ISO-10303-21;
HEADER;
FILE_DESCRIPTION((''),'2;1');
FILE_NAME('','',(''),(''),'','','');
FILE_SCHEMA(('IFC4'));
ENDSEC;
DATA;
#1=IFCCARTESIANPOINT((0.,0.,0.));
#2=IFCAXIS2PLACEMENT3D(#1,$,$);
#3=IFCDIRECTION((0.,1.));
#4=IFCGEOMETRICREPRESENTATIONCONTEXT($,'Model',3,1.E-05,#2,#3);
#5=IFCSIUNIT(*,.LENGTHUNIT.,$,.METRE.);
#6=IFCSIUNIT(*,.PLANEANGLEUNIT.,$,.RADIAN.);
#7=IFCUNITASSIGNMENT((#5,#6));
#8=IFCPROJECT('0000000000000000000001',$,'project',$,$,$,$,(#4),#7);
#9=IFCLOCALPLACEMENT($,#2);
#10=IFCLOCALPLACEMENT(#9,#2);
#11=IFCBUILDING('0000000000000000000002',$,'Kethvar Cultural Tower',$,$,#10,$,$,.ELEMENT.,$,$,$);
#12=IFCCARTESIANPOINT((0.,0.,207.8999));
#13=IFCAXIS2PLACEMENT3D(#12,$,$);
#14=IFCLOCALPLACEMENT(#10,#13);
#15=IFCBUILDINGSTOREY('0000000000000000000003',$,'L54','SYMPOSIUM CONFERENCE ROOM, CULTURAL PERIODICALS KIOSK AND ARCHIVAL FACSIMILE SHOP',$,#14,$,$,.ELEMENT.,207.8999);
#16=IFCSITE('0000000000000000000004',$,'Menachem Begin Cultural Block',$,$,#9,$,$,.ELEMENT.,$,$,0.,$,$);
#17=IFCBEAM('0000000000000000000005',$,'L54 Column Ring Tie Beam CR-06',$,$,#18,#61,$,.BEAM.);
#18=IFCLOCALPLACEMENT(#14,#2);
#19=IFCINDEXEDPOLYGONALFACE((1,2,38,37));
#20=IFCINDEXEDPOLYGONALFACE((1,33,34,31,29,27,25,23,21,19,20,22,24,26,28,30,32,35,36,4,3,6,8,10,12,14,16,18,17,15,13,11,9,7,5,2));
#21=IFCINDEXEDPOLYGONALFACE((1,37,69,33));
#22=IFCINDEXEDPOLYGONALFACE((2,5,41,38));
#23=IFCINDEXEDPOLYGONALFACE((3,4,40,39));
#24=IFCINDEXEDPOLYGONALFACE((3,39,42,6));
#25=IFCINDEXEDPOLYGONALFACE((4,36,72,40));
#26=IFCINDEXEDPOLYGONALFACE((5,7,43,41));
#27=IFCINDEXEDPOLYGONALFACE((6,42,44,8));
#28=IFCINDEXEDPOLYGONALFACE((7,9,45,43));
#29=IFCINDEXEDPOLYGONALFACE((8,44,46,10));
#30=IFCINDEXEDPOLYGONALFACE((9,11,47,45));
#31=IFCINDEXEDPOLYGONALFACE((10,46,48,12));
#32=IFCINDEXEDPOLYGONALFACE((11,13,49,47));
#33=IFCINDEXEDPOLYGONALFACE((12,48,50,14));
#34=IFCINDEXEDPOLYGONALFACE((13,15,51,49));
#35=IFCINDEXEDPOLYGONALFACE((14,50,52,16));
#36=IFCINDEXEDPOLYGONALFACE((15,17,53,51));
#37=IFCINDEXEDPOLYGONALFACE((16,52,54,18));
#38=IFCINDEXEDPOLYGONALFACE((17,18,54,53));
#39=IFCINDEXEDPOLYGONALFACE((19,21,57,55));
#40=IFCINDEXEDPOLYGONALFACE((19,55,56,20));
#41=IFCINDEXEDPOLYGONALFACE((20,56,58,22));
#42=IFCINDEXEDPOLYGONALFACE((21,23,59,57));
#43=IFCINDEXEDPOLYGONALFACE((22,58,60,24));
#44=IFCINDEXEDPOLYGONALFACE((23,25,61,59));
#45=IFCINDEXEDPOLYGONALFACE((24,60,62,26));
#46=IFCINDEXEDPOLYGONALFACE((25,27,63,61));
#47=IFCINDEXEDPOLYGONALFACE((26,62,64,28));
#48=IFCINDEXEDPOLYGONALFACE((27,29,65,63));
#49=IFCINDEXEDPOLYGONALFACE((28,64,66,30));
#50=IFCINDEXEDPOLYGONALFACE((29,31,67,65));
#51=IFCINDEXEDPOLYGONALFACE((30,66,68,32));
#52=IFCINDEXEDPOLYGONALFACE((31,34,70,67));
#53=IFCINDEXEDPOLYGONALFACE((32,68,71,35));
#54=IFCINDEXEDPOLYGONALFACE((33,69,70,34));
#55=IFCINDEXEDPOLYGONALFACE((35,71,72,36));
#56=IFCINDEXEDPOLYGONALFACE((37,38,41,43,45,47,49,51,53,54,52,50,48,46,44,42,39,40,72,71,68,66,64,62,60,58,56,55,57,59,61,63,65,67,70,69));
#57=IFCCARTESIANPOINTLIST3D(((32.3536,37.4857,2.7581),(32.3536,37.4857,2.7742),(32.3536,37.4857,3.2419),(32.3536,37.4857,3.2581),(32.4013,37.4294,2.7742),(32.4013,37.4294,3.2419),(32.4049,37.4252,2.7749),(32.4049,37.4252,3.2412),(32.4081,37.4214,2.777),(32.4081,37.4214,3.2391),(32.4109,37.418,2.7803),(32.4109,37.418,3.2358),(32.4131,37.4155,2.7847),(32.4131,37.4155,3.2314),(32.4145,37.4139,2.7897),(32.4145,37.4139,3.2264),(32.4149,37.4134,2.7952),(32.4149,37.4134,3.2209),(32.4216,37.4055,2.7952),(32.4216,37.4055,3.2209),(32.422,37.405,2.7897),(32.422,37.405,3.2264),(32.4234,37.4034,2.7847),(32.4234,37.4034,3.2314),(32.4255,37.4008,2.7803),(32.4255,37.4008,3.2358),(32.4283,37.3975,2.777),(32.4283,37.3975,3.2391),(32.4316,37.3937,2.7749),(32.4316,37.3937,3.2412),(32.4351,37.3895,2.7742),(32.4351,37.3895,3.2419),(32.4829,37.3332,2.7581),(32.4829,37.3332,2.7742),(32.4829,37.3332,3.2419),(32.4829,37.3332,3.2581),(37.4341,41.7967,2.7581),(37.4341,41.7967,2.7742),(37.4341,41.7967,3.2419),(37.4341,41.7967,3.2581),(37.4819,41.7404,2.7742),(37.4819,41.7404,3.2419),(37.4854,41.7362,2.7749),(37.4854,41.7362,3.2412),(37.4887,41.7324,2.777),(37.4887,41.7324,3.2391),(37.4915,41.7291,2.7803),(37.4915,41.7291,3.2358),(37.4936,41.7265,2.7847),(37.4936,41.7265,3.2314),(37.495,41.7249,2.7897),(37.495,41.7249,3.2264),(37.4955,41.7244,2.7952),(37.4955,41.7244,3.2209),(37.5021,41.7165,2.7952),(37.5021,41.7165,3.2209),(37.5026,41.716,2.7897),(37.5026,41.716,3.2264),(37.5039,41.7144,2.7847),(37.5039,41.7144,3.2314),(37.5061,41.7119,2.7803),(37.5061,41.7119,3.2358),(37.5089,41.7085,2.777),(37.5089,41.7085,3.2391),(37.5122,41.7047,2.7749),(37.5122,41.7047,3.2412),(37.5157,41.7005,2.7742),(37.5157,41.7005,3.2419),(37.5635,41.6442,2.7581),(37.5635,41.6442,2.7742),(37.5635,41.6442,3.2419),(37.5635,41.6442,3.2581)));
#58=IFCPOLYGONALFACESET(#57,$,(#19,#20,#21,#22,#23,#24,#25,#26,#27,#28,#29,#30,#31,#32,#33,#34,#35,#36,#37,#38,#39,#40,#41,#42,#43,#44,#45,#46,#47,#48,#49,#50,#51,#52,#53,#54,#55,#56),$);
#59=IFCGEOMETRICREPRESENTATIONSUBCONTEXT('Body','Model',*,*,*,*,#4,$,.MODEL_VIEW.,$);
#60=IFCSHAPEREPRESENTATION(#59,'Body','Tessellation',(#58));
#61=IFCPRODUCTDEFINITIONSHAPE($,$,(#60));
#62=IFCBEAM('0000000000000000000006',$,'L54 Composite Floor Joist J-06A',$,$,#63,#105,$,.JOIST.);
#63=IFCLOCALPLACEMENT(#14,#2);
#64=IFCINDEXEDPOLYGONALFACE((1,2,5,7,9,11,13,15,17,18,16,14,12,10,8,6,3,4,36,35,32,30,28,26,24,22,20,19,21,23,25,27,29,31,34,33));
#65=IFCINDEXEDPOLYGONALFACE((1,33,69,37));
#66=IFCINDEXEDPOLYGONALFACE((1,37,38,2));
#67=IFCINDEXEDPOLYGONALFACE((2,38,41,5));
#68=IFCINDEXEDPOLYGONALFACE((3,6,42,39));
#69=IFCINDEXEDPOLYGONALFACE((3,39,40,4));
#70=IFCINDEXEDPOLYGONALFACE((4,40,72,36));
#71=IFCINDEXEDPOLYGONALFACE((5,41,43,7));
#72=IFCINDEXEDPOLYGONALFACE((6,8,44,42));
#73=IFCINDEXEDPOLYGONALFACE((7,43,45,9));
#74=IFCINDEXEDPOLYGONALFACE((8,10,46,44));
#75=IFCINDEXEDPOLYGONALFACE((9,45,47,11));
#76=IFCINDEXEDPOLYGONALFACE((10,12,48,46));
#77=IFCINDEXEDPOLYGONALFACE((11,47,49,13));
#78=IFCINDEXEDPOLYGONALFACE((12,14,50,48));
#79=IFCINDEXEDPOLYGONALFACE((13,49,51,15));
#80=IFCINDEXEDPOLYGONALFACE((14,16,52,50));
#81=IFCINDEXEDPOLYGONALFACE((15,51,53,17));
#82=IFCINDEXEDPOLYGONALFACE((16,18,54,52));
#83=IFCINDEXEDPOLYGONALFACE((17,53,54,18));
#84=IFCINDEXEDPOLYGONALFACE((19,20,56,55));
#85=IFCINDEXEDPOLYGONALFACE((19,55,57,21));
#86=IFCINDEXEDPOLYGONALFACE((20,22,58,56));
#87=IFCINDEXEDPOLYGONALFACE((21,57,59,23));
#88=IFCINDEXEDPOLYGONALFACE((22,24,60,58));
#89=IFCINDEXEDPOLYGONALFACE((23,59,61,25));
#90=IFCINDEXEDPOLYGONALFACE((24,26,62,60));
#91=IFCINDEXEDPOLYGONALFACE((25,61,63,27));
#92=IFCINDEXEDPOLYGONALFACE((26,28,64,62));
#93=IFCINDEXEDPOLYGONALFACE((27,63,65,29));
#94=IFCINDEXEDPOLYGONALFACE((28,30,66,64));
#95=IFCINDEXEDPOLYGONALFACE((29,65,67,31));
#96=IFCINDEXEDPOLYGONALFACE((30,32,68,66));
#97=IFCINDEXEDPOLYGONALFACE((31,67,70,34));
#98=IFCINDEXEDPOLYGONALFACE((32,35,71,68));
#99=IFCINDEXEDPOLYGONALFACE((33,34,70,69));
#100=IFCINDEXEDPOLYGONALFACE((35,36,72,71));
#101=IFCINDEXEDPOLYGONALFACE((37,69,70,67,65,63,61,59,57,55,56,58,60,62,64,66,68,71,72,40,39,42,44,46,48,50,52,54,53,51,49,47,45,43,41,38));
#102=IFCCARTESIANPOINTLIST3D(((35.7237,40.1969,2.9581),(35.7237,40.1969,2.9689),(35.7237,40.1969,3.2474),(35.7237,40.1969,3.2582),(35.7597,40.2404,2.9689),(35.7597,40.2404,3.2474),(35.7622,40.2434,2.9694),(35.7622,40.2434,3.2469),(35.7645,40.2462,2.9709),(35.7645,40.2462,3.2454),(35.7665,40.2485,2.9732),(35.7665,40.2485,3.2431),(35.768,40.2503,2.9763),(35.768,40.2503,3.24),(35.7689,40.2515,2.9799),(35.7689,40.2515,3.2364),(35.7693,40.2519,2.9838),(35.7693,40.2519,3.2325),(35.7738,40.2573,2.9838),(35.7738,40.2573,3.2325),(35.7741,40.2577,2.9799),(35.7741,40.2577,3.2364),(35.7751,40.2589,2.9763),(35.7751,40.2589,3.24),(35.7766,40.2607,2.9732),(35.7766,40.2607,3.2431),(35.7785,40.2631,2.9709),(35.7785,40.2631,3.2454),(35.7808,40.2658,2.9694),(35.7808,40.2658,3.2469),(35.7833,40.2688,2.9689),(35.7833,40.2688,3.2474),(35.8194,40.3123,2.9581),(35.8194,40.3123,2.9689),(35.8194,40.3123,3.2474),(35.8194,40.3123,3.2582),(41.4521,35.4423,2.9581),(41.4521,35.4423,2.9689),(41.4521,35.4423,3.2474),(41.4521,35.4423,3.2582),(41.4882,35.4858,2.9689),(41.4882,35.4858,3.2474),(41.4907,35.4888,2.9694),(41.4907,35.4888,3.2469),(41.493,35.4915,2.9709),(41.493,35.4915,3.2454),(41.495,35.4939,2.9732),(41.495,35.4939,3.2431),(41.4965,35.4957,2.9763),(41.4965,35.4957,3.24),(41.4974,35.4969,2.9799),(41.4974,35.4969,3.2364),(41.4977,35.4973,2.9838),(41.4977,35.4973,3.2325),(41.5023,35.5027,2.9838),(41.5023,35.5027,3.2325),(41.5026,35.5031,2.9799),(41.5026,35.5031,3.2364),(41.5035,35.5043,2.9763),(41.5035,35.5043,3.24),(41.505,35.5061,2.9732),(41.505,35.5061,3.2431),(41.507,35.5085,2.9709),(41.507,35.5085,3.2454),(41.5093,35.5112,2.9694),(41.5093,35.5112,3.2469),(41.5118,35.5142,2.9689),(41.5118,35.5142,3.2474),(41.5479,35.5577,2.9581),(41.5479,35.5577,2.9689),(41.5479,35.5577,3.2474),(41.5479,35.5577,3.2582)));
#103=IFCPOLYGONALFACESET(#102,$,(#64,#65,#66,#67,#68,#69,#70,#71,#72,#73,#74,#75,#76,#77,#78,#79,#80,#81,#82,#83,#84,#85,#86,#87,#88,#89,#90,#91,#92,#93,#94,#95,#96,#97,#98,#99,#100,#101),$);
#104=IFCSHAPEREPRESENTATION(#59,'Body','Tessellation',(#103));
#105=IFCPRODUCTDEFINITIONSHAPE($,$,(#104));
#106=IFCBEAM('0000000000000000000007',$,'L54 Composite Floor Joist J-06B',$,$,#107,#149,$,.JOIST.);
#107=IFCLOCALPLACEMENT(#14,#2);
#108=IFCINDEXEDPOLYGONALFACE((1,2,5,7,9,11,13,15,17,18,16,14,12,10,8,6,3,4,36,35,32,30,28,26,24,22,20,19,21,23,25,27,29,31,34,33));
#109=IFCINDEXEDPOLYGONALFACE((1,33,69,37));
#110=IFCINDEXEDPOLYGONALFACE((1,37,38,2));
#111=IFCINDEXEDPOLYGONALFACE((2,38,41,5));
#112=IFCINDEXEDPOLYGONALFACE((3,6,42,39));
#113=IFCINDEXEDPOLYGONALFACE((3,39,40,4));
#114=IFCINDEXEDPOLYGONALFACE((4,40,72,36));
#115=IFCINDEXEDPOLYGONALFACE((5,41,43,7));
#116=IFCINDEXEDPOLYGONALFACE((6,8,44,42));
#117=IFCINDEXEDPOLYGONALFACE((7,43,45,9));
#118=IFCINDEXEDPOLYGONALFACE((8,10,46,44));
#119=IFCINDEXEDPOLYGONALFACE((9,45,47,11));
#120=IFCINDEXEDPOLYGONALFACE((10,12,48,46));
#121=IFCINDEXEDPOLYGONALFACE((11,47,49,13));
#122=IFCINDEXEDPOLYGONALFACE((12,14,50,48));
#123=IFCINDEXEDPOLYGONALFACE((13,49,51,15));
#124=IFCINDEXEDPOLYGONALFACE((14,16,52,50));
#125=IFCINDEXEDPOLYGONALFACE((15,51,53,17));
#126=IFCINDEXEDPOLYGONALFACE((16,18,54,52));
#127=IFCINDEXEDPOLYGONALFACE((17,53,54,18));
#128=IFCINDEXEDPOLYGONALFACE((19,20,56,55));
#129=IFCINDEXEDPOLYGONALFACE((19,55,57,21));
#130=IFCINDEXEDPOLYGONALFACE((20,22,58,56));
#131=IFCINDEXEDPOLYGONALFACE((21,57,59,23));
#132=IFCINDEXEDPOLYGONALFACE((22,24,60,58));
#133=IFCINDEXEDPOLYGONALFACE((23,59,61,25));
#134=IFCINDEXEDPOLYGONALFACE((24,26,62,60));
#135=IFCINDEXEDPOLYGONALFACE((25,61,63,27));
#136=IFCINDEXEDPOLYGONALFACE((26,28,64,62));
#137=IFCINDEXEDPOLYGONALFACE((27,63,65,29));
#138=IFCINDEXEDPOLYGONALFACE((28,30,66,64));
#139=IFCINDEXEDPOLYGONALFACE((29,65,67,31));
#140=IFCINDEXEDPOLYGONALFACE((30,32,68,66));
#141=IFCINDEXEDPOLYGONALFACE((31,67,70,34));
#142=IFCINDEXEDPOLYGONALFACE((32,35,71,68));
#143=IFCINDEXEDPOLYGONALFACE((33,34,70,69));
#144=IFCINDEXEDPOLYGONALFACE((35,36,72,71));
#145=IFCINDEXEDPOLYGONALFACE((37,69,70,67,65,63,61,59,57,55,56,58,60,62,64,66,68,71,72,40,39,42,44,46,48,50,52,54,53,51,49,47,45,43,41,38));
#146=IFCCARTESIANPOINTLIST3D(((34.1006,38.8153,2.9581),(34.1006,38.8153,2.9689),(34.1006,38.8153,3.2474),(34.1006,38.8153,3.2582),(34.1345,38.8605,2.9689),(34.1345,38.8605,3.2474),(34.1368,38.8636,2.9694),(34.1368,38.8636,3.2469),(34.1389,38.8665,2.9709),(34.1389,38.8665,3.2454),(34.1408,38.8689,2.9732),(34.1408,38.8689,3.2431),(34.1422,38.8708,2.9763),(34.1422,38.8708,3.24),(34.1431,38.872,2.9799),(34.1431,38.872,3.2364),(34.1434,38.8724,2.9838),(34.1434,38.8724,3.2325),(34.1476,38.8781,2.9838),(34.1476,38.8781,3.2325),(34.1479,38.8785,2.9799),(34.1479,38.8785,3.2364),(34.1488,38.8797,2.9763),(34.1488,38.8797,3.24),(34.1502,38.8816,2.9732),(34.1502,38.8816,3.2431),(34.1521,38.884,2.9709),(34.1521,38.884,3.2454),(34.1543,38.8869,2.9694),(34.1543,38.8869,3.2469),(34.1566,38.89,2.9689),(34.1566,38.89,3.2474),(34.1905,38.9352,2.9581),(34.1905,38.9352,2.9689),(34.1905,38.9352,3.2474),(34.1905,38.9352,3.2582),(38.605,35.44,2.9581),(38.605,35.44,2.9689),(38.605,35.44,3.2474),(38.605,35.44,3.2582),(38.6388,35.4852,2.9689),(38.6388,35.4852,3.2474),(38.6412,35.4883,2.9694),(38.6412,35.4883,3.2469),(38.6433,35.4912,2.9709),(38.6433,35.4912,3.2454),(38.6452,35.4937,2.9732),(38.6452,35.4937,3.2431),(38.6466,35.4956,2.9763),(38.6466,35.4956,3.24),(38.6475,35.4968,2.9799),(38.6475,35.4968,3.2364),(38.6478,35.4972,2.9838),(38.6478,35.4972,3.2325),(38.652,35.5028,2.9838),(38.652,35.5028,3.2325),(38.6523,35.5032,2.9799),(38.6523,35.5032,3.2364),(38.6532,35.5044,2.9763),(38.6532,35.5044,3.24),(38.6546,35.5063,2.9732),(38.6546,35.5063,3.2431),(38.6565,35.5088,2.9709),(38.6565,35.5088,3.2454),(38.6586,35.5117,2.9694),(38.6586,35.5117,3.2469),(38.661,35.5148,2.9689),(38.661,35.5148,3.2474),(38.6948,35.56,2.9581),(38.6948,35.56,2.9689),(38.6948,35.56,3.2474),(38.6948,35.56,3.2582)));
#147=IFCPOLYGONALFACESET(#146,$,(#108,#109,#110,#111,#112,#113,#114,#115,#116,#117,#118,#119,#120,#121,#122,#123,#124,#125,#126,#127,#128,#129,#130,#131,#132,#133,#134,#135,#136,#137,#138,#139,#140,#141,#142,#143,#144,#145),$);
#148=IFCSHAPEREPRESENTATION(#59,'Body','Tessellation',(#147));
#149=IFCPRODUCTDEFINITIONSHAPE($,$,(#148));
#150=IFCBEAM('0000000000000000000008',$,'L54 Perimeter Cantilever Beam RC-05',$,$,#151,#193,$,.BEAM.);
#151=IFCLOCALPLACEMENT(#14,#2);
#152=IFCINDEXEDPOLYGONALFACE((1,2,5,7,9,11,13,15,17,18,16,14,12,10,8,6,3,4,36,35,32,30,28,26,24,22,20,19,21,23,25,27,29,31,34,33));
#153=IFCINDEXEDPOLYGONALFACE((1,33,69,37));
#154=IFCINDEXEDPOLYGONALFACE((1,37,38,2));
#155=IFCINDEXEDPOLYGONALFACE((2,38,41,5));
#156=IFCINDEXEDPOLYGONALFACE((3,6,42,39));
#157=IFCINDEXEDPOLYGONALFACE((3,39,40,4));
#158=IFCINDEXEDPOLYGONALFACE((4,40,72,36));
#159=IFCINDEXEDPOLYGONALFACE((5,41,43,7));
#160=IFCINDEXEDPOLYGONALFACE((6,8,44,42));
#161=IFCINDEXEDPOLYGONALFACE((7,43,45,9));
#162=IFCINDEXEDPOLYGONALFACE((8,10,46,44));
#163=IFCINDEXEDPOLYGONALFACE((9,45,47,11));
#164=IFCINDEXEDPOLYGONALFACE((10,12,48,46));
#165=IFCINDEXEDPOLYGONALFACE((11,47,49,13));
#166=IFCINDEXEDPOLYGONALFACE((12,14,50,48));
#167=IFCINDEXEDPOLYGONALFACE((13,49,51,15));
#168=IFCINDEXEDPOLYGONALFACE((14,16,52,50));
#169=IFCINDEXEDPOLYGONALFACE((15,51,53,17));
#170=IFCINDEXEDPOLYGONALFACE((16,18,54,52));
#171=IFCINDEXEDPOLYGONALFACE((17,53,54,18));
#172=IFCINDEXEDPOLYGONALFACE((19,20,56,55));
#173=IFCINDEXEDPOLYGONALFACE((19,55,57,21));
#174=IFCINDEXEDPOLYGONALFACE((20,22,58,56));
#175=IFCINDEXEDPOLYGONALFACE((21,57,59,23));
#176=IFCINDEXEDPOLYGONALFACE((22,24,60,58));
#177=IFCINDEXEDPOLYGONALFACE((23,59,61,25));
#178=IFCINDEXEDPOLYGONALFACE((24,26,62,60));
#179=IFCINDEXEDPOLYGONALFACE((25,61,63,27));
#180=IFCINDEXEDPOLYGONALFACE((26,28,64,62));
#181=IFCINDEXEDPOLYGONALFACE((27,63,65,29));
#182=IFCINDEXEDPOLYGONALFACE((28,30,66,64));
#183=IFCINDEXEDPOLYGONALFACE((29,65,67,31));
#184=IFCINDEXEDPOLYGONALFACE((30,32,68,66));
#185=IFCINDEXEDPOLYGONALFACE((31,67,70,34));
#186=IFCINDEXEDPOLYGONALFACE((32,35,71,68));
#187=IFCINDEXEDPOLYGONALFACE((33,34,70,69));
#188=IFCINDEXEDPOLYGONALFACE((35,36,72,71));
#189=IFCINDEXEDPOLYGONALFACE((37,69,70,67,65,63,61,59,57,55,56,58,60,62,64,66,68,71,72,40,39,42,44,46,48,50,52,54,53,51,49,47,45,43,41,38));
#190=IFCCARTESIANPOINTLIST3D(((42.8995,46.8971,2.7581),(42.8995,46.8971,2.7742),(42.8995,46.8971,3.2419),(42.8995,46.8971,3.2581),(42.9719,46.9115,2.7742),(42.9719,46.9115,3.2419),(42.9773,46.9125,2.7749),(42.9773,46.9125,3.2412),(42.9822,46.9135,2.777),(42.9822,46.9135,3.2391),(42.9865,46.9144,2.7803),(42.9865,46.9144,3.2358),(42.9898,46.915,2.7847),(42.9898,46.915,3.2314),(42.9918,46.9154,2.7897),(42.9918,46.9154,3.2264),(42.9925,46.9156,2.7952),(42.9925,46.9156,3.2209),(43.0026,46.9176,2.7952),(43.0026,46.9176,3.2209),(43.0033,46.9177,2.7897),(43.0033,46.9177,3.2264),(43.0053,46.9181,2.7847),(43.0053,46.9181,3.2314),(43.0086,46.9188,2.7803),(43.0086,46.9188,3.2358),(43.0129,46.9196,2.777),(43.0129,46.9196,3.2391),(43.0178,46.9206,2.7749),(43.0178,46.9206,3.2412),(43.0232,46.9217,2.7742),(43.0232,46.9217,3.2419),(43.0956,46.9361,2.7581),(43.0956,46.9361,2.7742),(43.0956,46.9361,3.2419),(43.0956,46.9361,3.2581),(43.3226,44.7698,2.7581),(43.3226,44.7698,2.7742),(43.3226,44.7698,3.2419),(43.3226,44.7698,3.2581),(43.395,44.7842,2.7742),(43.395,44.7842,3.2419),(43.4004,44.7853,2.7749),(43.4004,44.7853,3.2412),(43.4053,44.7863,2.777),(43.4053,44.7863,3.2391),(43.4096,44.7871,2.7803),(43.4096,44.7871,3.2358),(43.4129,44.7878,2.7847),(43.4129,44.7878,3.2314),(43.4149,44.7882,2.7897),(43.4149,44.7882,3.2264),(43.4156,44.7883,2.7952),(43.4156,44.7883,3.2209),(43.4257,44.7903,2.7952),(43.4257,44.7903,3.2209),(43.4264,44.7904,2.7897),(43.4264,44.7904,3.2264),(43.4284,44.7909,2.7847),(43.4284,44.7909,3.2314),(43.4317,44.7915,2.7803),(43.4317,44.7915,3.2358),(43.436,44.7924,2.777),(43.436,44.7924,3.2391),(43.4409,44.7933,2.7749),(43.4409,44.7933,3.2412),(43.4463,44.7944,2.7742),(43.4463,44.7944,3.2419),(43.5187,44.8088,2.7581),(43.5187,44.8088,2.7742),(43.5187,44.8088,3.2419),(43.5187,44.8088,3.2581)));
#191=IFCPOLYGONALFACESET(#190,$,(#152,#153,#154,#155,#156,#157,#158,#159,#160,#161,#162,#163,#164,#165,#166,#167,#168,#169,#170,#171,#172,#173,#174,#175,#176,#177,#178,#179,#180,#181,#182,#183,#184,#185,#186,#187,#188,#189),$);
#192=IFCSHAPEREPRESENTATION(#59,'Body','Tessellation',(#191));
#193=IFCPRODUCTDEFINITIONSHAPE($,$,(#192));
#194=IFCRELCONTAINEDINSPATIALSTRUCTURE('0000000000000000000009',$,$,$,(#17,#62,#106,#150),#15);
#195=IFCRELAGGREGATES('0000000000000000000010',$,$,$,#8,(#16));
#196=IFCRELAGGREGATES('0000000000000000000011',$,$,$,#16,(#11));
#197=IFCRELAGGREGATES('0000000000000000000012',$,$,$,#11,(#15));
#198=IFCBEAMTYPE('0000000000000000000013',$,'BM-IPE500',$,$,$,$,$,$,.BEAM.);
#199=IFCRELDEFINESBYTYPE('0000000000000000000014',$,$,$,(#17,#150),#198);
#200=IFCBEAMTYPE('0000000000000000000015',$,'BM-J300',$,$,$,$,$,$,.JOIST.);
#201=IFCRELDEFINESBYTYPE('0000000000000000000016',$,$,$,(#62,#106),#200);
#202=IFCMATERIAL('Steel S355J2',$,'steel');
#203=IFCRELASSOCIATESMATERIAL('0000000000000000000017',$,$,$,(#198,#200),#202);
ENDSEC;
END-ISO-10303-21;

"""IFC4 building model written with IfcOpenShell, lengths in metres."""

from ifc_helpers import new_model, si_unit, direction, frame, origin, origin_2d, place, context, subcontext, project, spatial, i_section, extrude, source, transform, mapped, material, material_profile, profile_set, type_object, element, save


model = new_model("IFC4")

# Units and contexts
model_context = context("Model", 3, precision=1e-05, world=origin(), true_north=direction((0.0, 1.0)))
body_context = subcontext(model_context, "Body", "Model", "MODEL_VIEW")
ifc_project = project(units=[si_unit("LENGTHUNIT", "METRE"), si_unit("PLANEANGLEUNIT", "RADIAN")], contexts=[model_context])

# Site, building, storey
site_placement = place(None, origin())
site = spatial("IfcSite", under=ifc_project, at=site_placement, Name="Menachem Begin Cultural Block", CompositionType="ELEMENT", RefElevation=0.0)
building_placement = place(site_placement, origin())
building = spatial("IfcBuilding", under=site, at=building_placement, Name="Kethvar Cultural Tower", CompositionType="ELEMENT")
storey_placement = place(building_placement, frame((0.0, 0.0, 207.8999)))
storey = spatial("IfcBuildingStorey", under=building, at=storey_placement, Name="L54", Description="SYMPOSIUM CONFERENCE ROOM, CULTURAL PERIODICALS KIOSK AND ARCHIVAL FACSIMILE SHOP", CompositionType="ELEMENT", Elevation=207.8999)

# Beams
ifc_material_1 = material(Name="Steel S355J2", Category="steel")
ifc_material_profile_1 = material_profile(ifc_material_1, i_section(OverallWidth=0.2, OverallDepth=0.5, WebThickness=0.0103, FlangeThickness=0.0161, FilletRadius=0.021, at=origin_2d()), Name="Steel S355J2 — IPE500")
ifc_profile_set_1 = profile_set([ifc_material_profile_1], Name="Steel S355J2 — IPE500")
beam_type_1 = type_object("IfcBeamType", Name="BM-IPE500", PredefinedType="BEAM", material=ifc_profile_set_1)
ifc_material_profile_2 = material_profile(ifc_material_1, i_section(OverallWidth=0.1499, OverallDepth=0.3, WebThickness=0.0071, FlangeThickness=0.0107, FilletRadius=0.0149, at=origin_2d()), Name="Steel S355J2 — IPE300")
ifc_profile_set_2 = profile_set([ifc_material_profile_2], Name="Steel S355J2 — IPE300")
beam_type_2 = type_object("IfcBeamType", Name="BM-J300", PredefinedType="JOIST", material=ifc_profile_set_2)
shared_shape_1 = source(origin(), body_context, "Body", "SweptSolid", [
    extrude(i_section(OverallWidth=0.2, OverallDepth=0.5, WebThickness=0.0103, FlangeThickness=0.0161, FilletRadius=0.021, at=origin_2d()), origin(), (0.0, 0.0, 1.0), 6.6631),
])
beam_1_placement = place(storey_placement, frame((37.4988, 41.7205, 3.0081), z_axis=(-0.762491, -0.646999, 0.0), x_axis=(0.646999, -0.762491, 0.0)))
element("IfcBeam", 1, at=beam_1_placement, inside=storey, type_object=beam_type_1, Name="L54 Column Ring Tie Beam CR-06", PredefinedType="BEAM", context=body_context, shape_type="MappedRepresentation", body=[
    mapped(shared_shape_1, transform((0.0, 0.0, 0.0), scale=1.0)),
])
shared_shape_2 = source(origin(), body_context, "Body", "SweptSolid", [
    extrude(i_section(OverallWidth=0.1499, OverallDepth=0.3, WebThickness=0.0071, FlangeThickness=0.0107, FilletRadius=0.0149, at=origin_2d()), origin(), (0.0, 0.0, 1.0), 7.4446),
])
beam_2_placement = place(storey_placement, frame((41.5, 35.5, 3.1082), z_axis=(-0.769483, 0.638667, 0.0), x_axis=(-0.638667, -0.769483, 0.0)))
element("IfcBeam", 2, at=beam_2_placement, inside=storey, type_object=beam_type_2, Name="L54 Composite Floor Joist J-06A", PredefinedType="JOIST", context=body_context, shape_type="MappedRepresentation", body=[
    mapped(shared_shape_2, transform((0.0, 0.0, 0.0), scale=1.0)),
])
shared_shape_3 = source(origin(), body_context, "Body", "SweptSolid", [
    extrude(i_section(OverallWidth=0.1499, OverallDepth=0.3, WebThickness=0.0071, FlangeThickness=0.0107, FilletRadius=0.0149, at=origin_2d()), origin(), (0.0, 0.0, 1.0), 5.6287),
])
beam_3_placement = place(storey_placement, frame((38.6499, 35.5, 3.1082), z_axis=(-0.80026, 0.599653, 0.0), x_axis=(-0.599653, -0.80026, 0.0)))
element("IfcBeam", 3, at=beam_3_placement, inside=storey, type_object=beam_type_2, Name="L54 Composite Floor Joist J-06B", PredefinedType="JOIST", context=body_context, shape_type="MappedRepresentation", body=[
    mapped(shared_shape_3, transform((0.0, 0.0, 0.0), scale=1.0)),
])
shared_shape_4 = source(origin(), body_context, "Body", "SweptSolid", [
    extrude(i_section(OverallWidth=0.2, OverallDepth=0.5, WebThickness=0.0103, FlangeThickness=0.0161, FilletRadius=0.021, at=origin_2d()), origin(), (0.0, 0.0, 1.0), 2.1689),
])
beam_4_placement = place(storey_placement, frame((43.4207, 44.7893, 3.0081), z_axis=(-0.195077, 0.980788, 0.0), x_axis=(-0.980788, -0.195077, 0.0)))
element("IfcBeam", 4, at=beam_4_placement, inside=storey, type_object=beam_type_1, Name="L54 Perimeter Cantilever Beam RC-05", PredefinedType="BEAM", context=body_context, shape_type="MappedRepresentation", body=[
    mapped(shared_shape_4, transform((0.0, 0.0, 0.0), scale=1.0)),
])

save(model, "model.ifc")
